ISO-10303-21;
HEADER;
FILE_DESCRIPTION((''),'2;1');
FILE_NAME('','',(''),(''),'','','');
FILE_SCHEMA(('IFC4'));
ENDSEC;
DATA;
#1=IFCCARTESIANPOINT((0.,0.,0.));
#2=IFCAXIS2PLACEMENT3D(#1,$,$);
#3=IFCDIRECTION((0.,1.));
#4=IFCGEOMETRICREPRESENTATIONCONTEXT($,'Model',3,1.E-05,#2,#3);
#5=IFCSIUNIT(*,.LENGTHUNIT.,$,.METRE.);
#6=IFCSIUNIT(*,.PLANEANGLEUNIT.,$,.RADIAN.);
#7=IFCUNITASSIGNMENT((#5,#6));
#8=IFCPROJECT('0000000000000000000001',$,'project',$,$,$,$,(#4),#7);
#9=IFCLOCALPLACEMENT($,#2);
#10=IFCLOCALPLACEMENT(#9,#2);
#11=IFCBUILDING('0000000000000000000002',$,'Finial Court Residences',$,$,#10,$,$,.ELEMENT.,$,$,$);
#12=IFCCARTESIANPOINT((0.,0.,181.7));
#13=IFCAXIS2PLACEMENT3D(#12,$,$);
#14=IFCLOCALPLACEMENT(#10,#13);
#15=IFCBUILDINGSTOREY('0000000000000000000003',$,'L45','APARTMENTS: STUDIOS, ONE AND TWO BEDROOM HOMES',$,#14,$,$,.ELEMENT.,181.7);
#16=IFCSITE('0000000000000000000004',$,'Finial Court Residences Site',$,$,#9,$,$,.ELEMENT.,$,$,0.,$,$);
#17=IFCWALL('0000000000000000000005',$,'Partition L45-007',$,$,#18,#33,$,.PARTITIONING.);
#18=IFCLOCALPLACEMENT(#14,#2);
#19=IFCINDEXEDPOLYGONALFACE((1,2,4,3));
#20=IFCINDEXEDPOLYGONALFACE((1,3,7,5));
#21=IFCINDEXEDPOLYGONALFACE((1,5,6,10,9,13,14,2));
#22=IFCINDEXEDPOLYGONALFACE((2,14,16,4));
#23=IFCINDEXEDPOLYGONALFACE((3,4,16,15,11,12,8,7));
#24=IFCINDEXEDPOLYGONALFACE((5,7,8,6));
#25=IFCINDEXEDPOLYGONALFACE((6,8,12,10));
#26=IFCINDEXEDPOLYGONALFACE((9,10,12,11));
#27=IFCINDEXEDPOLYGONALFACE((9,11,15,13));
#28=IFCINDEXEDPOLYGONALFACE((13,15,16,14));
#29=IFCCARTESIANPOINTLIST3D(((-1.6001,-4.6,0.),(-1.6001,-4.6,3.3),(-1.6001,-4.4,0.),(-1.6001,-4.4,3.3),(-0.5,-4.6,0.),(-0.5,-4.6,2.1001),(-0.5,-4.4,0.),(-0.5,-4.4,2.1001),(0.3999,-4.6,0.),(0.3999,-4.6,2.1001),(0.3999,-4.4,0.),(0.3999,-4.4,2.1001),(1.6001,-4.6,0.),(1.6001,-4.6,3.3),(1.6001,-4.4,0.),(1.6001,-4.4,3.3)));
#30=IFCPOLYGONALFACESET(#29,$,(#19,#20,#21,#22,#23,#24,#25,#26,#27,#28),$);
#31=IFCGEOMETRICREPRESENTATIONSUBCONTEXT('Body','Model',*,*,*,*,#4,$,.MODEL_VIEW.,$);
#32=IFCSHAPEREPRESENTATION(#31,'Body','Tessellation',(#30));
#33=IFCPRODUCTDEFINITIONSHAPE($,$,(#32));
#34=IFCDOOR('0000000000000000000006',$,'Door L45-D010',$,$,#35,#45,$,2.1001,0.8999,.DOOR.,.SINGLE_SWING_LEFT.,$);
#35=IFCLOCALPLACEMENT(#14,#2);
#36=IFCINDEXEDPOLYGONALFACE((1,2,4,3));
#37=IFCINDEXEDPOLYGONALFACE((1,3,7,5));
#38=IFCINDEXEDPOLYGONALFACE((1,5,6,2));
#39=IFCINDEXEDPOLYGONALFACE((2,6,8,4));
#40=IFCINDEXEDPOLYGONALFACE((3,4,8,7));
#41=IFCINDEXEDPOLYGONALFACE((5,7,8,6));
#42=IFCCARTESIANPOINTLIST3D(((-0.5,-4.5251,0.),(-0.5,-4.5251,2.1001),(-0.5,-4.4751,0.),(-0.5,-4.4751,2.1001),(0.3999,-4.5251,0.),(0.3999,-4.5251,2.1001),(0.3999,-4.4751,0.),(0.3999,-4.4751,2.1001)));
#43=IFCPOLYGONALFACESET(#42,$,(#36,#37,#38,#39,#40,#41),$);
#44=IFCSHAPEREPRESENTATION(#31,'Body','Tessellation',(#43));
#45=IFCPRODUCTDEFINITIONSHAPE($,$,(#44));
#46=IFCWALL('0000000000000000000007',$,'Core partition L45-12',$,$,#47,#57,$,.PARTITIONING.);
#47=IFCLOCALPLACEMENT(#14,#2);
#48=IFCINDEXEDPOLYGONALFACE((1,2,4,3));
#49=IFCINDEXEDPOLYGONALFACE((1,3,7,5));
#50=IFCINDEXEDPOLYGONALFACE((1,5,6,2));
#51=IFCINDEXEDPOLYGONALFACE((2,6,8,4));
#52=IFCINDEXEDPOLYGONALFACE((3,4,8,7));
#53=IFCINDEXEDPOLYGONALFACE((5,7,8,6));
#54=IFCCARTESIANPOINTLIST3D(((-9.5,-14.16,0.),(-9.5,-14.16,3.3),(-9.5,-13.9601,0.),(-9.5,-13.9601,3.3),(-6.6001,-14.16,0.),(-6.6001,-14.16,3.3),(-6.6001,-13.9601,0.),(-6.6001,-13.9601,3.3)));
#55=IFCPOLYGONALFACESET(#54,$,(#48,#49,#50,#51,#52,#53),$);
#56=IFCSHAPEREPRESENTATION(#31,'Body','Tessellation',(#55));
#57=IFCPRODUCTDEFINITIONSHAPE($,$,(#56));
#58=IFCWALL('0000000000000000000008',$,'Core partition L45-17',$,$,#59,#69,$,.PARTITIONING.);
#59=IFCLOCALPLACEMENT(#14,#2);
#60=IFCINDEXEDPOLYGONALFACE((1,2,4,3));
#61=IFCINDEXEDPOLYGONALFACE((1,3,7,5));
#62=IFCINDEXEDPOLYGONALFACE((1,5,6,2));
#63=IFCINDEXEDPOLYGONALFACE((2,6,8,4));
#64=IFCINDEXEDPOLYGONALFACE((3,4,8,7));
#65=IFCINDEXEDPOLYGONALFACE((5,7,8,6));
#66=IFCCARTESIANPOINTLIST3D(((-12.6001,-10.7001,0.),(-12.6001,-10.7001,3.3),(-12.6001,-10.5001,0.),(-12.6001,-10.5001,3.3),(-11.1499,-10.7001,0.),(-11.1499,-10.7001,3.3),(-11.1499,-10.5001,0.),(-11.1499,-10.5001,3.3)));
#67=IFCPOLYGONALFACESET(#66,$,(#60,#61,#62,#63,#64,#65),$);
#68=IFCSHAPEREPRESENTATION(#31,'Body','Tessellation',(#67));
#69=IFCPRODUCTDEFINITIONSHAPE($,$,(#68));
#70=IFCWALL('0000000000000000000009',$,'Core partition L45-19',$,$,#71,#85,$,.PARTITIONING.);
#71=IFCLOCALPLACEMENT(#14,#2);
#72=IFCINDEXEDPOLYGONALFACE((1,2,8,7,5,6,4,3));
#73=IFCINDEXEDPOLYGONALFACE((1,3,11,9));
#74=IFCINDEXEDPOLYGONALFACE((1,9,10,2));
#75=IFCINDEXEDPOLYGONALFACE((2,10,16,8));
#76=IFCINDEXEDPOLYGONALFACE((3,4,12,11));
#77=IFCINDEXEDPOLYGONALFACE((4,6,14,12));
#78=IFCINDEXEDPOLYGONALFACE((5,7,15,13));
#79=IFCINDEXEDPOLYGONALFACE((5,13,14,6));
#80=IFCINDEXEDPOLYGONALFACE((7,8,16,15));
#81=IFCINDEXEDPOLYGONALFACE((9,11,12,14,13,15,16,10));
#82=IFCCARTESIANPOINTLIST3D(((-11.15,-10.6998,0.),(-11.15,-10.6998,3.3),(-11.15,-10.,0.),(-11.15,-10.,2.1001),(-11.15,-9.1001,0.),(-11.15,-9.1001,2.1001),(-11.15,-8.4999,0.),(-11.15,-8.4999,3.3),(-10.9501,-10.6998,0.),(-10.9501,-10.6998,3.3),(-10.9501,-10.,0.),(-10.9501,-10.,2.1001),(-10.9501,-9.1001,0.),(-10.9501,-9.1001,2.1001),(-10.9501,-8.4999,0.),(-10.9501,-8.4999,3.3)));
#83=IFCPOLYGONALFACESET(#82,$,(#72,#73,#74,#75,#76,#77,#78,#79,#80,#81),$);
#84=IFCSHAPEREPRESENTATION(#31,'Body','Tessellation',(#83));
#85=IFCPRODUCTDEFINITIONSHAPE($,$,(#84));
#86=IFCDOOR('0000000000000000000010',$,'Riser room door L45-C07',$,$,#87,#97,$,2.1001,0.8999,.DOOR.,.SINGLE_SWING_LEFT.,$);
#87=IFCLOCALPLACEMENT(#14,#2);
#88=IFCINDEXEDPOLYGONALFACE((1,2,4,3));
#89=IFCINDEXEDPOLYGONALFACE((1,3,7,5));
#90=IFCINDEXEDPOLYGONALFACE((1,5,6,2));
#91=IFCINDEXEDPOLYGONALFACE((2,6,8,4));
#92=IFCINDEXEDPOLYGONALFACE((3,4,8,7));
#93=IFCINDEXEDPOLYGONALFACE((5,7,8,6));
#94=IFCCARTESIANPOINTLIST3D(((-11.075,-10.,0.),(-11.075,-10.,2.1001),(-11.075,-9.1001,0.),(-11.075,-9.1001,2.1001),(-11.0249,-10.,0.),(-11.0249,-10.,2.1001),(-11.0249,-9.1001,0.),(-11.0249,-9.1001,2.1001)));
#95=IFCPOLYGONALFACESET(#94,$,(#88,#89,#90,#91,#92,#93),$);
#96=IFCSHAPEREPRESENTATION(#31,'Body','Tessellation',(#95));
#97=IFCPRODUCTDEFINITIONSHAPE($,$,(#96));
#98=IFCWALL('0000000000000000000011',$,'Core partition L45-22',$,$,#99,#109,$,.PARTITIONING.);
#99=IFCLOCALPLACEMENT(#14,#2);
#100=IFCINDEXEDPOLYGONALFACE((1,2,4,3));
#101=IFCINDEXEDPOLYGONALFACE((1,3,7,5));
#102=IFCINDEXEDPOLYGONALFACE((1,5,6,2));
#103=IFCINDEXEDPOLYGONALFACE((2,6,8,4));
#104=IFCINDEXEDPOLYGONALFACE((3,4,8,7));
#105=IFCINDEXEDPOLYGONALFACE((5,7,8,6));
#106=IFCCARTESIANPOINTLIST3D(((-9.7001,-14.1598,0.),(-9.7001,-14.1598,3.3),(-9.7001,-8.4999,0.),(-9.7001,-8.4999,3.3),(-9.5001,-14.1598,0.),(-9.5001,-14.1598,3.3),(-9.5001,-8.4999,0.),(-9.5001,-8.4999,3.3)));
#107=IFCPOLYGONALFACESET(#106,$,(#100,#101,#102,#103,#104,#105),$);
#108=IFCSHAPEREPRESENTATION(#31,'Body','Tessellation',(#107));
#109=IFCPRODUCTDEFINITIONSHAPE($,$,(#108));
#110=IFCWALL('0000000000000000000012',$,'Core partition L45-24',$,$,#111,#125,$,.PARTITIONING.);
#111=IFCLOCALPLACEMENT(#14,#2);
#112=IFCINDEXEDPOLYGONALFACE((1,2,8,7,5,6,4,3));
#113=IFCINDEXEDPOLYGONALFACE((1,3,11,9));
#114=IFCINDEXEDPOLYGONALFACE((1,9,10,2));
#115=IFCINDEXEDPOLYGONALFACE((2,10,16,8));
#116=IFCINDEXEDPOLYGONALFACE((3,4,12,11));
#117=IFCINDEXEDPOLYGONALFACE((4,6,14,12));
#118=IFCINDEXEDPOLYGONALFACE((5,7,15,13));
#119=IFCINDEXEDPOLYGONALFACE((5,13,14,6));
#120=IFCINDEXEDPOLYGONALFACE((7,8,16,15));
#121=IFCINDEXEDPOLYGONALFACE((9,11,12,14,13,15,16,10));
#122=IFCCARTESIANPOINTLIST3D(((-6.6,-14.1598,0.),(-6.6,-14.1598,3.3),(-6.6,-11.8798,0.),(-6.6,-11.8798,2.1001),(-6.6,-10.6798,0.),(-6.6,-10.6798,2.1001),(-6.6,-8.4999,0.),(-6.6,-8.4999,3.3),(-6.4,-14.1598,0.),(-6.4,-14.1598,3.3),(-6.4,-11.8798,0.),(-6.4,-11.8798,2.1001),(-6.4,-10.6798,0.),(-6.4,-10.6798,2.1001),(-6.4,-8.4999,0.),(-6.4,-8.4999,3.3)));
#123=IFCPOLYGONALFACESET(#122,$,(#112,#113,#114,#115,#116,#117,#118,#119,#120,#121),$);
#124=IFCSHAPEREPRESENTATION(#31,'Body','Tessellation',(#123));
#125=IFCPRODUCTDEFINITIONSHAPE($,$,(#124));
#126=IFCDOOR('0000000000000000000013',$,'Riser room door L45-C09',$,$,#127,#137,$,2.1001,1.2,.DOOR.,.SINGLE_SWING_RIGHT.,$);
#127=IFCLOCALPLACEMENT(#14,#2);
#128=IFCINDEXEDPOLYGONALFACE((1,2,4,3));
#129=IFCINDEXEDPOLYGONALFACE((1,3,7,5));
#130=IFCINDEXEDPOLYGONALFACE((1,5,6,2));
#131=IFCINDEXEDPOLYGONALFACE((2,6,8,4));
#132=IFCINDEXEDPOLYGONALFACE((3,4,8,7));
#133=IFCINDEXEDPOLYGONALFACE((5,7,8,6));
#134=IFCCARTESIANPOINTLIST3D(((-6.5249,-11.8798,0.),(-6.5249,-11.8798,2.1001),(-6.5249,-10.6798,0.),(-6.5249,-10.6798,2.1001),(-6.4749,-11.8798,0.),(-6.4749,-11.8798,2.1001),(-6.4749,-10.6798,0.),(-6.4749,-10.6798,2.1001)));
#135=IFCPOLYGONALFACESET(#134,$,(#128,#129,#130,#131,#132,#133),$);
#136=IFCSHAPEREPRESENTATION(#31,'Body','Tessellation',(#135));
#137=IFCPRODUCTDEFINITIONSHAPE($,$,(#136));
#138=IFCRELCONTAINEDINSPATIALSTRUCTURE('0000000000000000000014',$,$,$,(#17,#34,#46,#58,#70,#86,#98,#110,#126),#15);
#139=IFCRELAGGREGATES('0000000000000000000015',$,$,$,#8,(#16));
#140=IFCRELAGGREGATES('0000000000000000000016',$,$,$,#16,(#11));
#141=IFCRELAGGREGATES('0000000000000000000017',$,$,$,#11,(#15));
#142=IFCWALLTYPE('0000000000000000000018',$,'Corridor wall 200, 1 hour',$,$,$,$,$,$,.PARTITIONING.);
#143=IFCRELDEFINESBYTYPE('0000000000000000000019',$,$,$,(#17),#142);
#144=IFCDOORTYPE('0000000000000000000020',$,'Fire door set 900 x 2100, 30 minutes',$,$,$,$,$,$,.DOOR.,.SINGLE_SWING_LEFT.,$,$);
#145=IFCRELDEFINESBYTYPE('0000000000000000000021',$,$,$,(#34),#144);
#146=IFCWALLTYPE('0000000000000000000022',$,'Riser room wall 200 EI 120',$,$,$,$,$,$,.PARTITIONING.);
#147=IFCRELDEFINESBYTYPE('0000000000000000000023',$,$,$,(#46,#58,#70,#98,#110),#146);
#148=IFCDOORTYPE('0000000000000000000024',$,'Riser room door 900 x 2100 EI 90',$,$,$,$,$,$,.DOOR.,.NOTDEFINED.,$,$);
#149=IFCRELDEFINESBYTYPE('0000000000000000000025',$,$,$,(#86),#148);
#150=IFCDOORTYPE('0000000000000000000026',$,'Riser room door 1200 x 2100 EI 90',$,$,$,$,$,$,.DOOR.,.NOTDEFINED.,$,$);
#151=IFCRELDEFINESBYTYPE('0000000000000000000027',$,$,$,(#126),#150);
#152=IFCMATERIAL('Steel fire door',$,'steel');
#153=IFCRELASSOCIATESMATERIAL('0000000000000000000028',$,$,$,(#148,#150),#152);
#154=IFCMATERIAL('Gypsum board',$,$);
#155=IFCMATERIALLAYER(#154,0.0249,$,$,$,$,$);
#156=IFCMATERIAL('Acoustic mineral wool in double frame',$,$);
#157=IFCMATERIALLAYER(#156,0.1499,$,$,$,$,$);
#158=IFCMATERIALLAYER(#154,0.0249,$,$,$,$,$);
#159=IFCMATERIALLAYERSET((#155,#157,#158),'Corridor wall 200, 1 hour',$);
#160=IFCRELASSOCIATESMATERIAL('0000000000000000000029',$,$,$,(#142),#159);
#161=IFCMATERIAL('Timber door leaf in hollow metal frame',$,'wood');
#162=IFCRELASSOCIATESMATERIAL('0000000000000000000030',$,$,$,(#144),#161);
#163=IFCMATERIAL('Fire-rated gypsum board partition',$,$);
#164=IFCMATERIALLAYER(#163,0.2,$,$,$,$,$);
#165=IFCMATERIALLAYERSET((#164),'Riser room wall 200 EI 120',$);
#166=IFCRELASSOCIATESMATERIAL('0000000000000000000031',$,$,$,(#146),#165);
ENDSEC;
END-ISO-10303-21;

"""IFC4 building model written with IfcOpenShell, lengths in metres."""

from ifc_helpers import new_model, si_unit, direction, frame, frame_2d, origin, place, context, subcontext, project, spatial, rectangle, extrude, material, layer, layer_set, type_object, element, fill, save


model = new_model("IFC4")

# Units and contexts
model_context = context("Model", 3, precision=1e-05, world=origin(), true_north=direction((0.0, 1.0)))
body_context = subcontext(model_context, "Body", "Model", "MODEL_VIEW")
ifc_project = project(units=[si_unit("LENGTHUNIT", "METRE"), si_unit("PLANEANGLEUNIT", "RADIAN")], contexts=[model_context])

# Site, building, storey
site_placement = place(None, origin())
site = spatial("IfcSite", under=ifc_project, at=site_placement, Name="Finial Court Residences Site", CompositionType="ELEMENT", RefElevation=0.0)
building_placement = place(site_placement, origin())
building = spatial("IfcBuilding", under=site, at=building_placement, Name="Finial Court Residences", CompositionType="ELEMENT")
storey_placement = place(building_placement, frame((0.0, 0.0, 181.7)))
storey = spatial("IfcBuildingStorey", under=building, at=storey_placement, Name="L45", Description="APARTMENTS: STUDIOS, ONE AND TWO BEDROOM HOMES", CompositionType="ELEMENT", Elevation=181.7)

# Shared definitions
ifc_material_1 = material(Name="Steel fire door", Category="steel")
door_type_1 = type_object("IfcDoorType", Name="Riser room door 900 x 2100 EI 90", OperationType="NOTDEFINED", PredefinedType="DOOR", material=ifc_material_1)

# Wall, opening, door
ifc_material_2 = material(Name="Fire-rated gypsum board partition")
ifc_material_3 = material(Name="Gypsum board")
ifc_layer_1 = layer(ifc_material_3, 0.0249)
ifc_material_4 = material(Name="Acoustic mineral wool in double frame")
ifc_layer_2 = layer(ifc_material_4, 0.1499)
ifc_layer_3 = layer(ifc_material_3, 0.0249)
ifc_layer_set_1 = layer_set([ifc_layer_1, ifc_layer_2, ifc_layer_3], Name="Corridor wall 200, 1 hour")
wall_type_1 = type_object("IfcWallType", Name="Corridor wall 200, 1 hour", PredefinedType="PARTITIONING", material=ifc_layer_set_1)
wall_1_placement = place(storey_placement, frame((-1.6001, -4.5, 0.0), z_axis=(0.0, 0.0, 1.0), x_axis=(1.0, 0.0, 0.0)))
wall_1 = element("IfcWall", 1, at=wall_1_placement, inside=storey, type_object=wall_type_1, Name="Partition L45-007", PredefinedType="PARTITIONING", context=body_context, shape_type="SweptSolid", body=[
    extrude(rectangle(XDim=3.2002, YDim=0.2, at=frame_2d((1.6001, 0.0))), origin(), (0.0, 0.0, 1.0), 3.3),
])
opening_1_placement = place(wall_1_placement, frame((1.1001, 0.0, 0.0)))
opening_1 = element("IfcOpeningElement", 2, at=opening_1_placement, cuts=wall_1, PredefinedType="OPENING", context=body_context, shape_type="SweptSolid", body=[
    extrude(rectangle(XDim=0.8999, YDim=2.1001, at=frame_2d((0.45, 1.05))), frame((0.0, 0.1099, 0.0), z_axis=(0.0, -1.0, 0.0), x_axis=(1.0, 0.0, 0.0)), (0.0, 0.0, 1.0), 0.22),
])
ifc_material_5 = material(Name="Timber door leaf in hollow metal frame", Category="wood")
door_type_2 = type_object("IfcDoorType", Name="Fire door set 900 x 2100, 30 minutes", OperationType="SINGLE_SWING_LEFT", PredefinedType="DOOR", material=ifc_material_5)
door_1_placement = place(opening_1_placement, origin())
door_1 = element("IfcDoor", 3, at=door_1_placement, inside=storey, type_object=door_type_2, Name="Door L45-D010", OperationType="SINGLE_SWING_LEFT", OverallHeight=2.1001, OverallWidth=0.8999, PredefinedType="DOOR", context=body_context, shape_type="SweptSolid", body=[
    extrude(rectangle(XDim=0.8999, YDim=2.1001, at=frame_2d((0.45, 1.05))), frame((0.0, 0.0249, 0.0), z_axis=(0.0, -1.0, 0.0), x_axis=(1.0, 0.0, 0.0)), (0.0, 0.0, 1.0), 0.05),
])
fill(opening_1, door_1)

# Walls
ifc_layer_4 = layer(ifc_material_2, 0.2)
ifc_layer_set_2 = layer_set([ifc_layer_4], Name="Riser room wall 200 EI 120")
wall_type_2 = type_object("IfcWallType", Name="Riser room wall 200 EI 120", PredefinedType="PARTITIONING", material=ifc_layer_set_2)
wall_2_placement = place(storey_placement, frame((-9.5, -14.0601, 0.0), z_axis=(0.0, 0.0, 1.0), x_axis=(1.0, 0.0, 0.0)))
element("IfcWall", 4, at=wall_2_placement, inside=storey, type_object=wall_type_2, Name="Core partition L45-12", PredefinedType="PARTITIONING", context=body_context, shape_type="SweptSolid", body=[
    extrude(rectangle(XDim=2.8999, YDim=0.2, at=frame_2d((1.45, 0.0))), origin(), (0.0, 0.0, 1.0), 3.3),
])
wall_3_placement = place(storey_placement, frame((-12.6001, -10.6001, 0.0), z_axis=(0.0, 0.0, 1.0), x_axis=(1.0, 0.0, 0.0)))
element("IfcWall", 5, at=wall_3_placement, inside=storey, type_object=wall_type_2, Name="Core partition L45-17", PredefinedType="PARTITIONING", context=body_context, shape_type="SweptSolid", body=[
    extrude(rectangle(XDim=1.4502, YDim=0.2, at=frame_2d((0.7251, 0.0))), origin(), (0.0, 0.0, 1.0), 3.3),
])

# Wall, opening, door
wall_4_placement = place(storey_placement, frame((-11.05, -10.7, 0.0), z_axis=(0.0, 0.0, 1.0), x_axis=(0.0, 1.0, 0.0)))
wall_4 = element("IfcWall", 6, at=wall_4_placement, inside=storey, type_object=wall_type_2, Name="Core partition L45-19", PredefinedType="PARTITIONING", context=body_context, shape_type="SweptSolid", body=[
    extrude(rectangle(XDim=2.2, YDim=0.2, at=frame_2d((1.1001, 0.0))), origin(), (0.0, 0.0, 1.0), 3.3),
])
opening_2_placement = place(wall_4_placement, frame((0.7, 0.0, 0.0)))
opening_2 = element("IfcOpeningElement", 7, at=opening_2_placement, cuts=wall_4, PredefinedType="OPENING", context=body_context, shape_type="SweptSolid", body=[
    extrude(rectangle(XDim=0.8999, YDim=2.1001, at=frame_2d((0.45, 1.05))), frame((0.0, 0.1099, 0.0), z_axis=(0.0, -1.0, 0.0), x_axis=(1.0, 0.0, 0.0)), (0.0, 0.0, 1.0), 0.22),
])
door_2_placement = place(opening_2_placement, origin())
door_2 = element("IfcDoor", 8, at=door_2_placement, inside=storey, type_object=door_type_1, Name="Riser room door L45-C07", OperationType="SINGLE_SWING_LEFT", OverallHeight=2.1001, OverallWidth=0.8999, PredefinedType="DOOR", context=body_context, shape_type="SweptSolid", body=[
    extrude(rectangle(XDim=0.8999, YDim=2.1001, at=frame_2d((0.45, 1.05))), frame((0.0, 0.0249, 0.0), z_axis=(0.0, -1.0, 0.0), x_axis=(1.0, 0.0, 0.0)), (0.0, 0.0, 1.0), 0.05),
])
fill(opening_2, door_2)

# Wall
wall_5_placement = place(storey_placement, frame((-9.6001, -14.1599, 0.0), z_axis=(0.0, 0.0, 1.0), x_axis=(0.0, 1.0, 0.0)))
element("IfcWall", 9, at=wall_5_placement, inside=storey, type_object=wall_type_2, Name="Core partition L45-22", PredefinedType="PARTITIONING", context=body_context, shape_type="SweptSolid", body=[
    extrude(rectangle(XDim=5.6599, YDim=0.2, at=frame_2d((2.8301, 0.0))), origin(), (0.0, 0.0, 1.0), 3.3),
])

# Wall, opening, door
wall_6_placement = place(storey_placement, frame((-6.5, -14.1599, 0.0), z_axis=(0.0, 0.0, 1.0), x_axis=(0.0, 1.0, 0.0)))
wall_6 = element("IfcWall", 10, at=wall_6_placement, inside=storey, type_object=wall_type_2, Name="Core partition L45-24", PredefinedType="PARTITIONING", context=body_context, shape_type="SweptSolid", body=[
    extrude(rectangle(XDim=5.6599, YDim=0.2, at=frame_2d((2.8301, 0.0))), origin(), (0.0, 0.0, 1.0), 3.3),
])
opening_3_placement = place(wall_6_placement, frame((2.28, 0.0, 0.0)))
opening_3 = element("IfcOpeningElement", 11, at=opening_3_placement, cuts=wall_6, PredefinedType="OPENING", context=body_context, shape_type="SweptSolid", body=[
    extrude(rectangle(XDim=1.2, YDim=2.1001, at=frame_2d((0.6001, 1.05))), frame((0.0, 0.1099, 0.0), z_axis=(0.0, -1.0, 0.0), x_axis=(1.0, 0.0, 0.0)), (0.0, 0.0, 1.0), 0.22),
])
door_type_3 = type_object("IfcDoorType", Name="Riser room door 1200 x 2100 EI 90", OperationType="NOTDEFINED", PredefinedType="DOOR", material=ifc_material_1)
door_3_placement = place(opening_3_placement, origin())
door_3 = element("IfcDoor", 12, at=door_3_placement, inside=storey, type_object=door_type_3, Name="Riser room door L45-C09", OperationType="SINGLE_SWING_RIGHT", OverallHeight=2.1001, OverallWidth=1.2, PredefinedType="DOOR", context=body_context, shape_type="SweptSolid", body=[
    extrude(rectangle(XDim=1.2, YDim=2.1001, at=frame_2d((0.6001, 1.05))), frame((0.0, 0.0249, 0.0), z_axis=(0.0, -1.0, 0.0), x_axis=(1.0, 0.0, 0.0)), (0.0, 0.0, 1.0), 0.05),
])
fill(opening_3, door_3)

save(model, "model.ifc")
